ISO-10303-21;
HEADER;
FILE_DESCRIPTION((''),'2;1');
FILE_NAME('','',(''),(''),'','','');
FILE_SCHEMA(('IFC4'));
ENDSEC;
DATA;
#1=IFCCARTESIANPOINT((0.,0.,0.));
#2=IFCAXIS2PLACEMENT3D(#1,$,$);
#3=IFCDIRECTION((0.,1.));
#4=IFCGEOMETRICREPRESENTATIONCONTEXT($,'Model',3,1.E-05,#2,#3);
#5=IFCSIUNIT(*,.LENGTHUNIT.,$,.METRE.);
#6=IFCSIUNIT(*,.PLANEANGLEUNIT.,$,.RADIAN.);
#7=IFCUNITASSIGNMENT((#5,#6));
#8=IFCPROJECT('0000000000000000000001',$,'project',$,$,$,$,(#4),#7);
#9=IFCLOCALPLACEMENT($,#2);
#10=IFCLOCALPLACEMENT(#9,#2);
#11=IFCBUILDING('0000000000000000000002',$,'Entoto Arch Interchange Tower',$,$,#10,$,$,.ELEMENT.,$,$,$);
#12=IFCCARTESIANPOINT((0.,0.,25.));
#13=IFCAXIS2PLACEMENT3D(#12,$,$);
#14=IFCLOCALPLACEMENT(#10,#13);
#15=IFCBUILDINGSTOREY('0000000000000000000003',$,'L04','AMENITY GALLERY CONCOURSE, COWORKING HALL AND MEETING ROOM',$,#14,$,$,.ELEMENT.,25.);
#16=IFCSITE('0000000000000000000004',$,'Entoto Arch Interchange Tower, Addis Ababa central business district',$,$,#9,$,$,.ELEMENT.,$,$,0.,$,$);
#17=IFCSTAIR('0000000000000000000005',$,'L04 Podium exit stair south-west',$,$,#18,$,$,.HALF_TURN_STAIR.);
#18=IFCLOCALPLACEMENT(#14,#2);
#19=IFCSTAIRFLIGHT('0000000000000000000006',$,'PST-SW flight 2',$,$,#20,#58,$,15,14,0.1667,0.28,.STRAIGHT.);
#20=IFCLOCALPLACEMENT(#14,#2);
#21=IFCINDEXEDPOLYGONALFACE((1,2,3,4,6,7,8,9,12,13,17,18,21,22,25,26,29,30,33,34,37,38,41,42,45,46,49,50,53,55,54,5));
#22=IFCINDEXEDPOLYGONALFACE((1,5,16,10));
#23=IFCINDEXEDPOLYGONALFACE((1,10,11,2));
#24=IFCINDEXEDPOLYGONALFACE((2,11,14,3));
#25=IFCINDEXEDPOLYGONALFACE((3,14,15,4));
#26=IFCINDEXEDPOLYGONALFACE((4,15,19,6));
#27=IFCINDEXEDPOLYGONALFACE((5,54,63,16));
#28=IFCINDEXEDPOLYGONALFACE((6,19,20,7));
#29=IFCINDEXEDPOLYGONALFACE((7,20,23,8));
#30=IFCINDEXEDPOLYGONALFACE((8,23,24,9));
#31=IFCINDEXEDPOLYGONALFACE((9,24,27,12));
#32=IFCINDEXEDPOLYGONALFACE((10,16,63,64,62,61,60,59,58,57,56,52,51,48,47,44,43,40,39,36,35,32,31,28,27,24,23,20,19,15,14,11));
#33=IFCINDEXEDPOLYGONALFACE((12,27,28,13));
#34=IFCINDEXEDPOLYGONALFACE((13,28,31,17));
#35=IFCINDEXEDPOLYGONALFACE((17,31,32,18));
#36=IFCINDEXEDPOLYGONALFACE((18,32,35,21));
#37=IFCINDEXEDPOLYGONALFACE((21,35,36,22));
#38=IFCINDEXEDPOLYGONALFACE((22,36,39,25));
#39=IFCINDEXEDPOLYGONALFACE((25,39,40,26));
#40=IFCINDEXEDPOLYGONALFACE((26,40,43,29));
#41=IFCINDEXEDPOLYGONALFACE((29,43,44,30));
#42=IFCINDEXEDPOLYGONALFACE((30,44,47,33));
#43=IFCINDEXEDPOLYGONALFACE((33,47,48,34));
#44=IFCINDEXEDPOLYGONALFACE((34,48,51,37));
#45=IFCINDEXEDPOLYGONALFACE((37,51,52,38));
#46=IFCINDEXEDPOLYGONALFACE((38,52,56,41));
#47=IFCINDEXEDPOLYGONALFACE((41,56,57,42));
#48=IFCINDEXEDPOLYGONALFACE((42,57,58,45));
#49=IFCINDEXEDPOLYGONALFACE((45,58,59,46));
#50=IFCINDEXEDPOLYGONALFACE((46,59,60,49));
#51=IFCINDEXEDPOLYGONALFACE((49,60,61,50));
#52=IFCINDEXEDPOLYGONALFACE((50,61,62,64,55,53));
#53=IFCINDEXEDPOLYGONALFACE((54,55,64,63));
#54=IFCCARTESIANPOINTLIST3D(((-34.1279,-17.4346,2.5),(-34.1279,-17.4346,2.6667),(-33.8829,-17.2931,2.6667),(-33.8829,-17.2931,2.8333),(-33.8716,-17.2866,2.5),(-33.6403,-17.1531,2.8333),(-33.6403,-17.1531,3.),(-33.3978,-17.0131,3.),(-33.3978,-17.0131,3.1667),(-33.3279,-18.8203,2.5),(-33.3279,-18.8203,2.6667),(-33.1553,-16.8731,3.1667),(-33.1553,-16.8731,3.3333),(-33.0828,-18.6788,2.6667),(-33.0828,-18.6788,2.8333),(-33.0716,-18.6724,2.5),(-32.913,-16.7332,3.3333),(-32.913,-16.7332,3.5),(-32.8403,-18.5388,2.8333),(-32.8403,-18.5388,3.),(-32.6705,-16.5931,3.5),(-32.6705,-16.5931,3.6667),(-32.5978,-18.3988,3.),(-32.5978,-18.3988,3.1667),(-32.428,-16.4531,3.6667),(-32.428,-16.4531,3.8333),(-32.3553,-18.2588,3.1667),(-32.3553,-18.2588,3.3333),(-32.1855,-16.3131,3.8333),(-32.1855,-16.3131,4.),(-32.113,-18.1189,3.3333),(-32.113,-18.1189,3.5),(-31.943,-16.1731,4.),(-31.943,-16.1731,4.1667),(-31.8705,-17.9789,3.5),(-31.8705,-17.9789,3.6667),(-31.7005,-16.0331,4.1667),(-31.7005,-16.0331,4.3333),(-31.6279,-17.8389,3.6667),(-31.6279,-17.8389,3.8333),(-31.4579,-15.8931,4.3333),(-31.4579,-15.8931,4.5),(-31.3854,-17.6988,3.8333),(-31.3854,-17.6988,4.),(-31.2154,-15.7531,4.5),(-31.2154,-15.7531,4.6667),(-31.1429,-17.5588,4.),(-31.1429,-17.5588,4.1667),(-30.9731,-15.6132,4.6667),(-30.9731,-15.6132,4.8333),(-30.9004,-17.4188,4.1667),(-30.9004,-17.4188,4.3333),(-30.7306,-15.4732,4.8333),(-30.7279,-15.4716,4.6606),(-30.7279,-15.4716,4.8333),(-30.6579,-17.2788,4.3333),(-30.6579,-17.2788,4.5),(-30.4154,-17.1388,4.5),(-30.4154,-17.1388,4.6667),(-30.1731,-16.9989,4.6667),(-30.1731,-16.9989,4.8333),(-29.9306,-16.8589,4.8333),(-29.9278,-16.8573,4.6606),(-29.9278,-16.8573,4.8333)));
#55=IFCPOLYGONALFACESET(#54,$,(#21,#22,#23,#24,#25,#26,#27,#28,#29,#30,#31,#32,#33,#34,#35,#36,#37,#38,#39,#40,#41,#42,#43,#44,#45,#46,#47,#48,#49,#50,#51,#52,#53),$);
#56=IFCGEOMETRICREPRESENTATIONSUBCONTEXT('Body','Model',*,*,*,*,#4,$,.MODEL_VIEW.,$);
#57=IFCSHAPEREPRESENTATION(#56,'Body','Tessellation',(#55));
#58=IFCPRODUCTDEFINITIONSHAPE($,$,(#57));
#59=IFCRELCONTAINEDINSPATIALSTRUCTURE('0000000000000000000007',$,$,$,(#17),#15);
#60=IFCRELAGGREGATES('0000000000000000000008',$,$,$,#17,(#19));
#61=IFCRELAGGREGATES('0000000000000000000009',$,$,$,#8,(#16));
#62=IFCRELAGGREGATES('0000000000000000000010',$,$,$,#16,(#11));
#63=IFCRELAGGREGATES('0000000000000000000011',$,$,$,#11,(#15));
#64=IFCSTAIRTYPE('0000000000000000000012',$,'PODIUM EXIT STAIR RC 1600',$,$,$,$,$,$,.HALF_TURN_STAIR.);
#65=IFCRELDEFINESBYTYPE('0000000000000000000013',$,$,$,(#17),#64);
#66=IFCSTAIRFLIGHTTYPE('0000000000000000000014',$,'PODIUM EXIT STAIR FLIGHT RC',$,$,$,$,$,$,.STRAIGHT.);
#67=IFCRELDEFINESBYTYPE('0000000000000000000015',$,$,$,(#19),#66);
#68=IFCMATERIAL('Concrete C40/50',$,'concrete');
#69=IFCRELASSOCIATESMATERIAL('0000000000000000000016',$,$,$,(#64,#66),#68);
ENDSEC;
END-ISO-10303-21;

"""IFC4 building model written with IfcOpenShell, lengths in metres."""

from ifc_helpers import new_model, si_unit, direction, frame, origin, place, context, subcontext, project, spatial, polyline, outline, extrude, material, type_object, element, aggregate, save


model = new_model("IFC4")

# Units and contexts
model_context = context("Model", 3, precision=1e-05, world=origin(), true_north=direction((0.0, 1.0)))
body_context = subcontext(model_context, "Body", "Model", "MODEL_VIEW")
ifc_project = project(units=[si_unit("LENGTHUNIT", "METRE"), si_unit("PLANEANGLEUNIT", "RADIAN")], contexts=[model_context])

# Site, building, storey
site_placement = place(None, origin())
site = spatial("IfcSite", under=ifc_project, at=site_placement, Name="Entoto Arch Interchange Tower, Addis Ababa central business district", CompositionType="ELEMENT", RefElevation=0.0)
building_placement = place(site_placement, origin())
building = spatial("IfcBuilding", under=site, at=building_placement, Name="Entoto Arch Interchange Tower", CompositionType="ELEMENT")
storey_placement = place(building_placement, frame((0.0, 0.0, 25.0)))
storey = spatial("IfcBuildingStorey", under=building, at=storey_placement, Name="L04", Description="AMENITY GALLERY CONCOURSE, COWORKING HALL AND MEETING ROOM", CompositionType="ELEMENT", Elevation=25.0)

# Shared definitions
ifc_material_1 = material(Name="Concrete C40/50", Category="concrete")

# Stair, stair flight
stair_type = type_object("IfcStairType", Name="PODIUM EXIT STAIR RC 1600", PredefinedType="HALF_TURN_STAIR", material=ifc_material_1)
stair_placement = place(storey_placement, origin())
stair = element("IfcStair", 1, at=stair_placement, inside=storey, type_object=stair_type, Name="L04 Podium exit stair south-west", PredefinedType="HALF_TURN_STAIR")
stair_flight_type = type_object("IfcStairFlightType", Name="PODIUM EXIT STAIR FLIGHT RC", PredefinedType="STRAIGHT", material=ifc_material_1)
stair_flight_placement = place(storey_placement, frame((-33.7253, -18.126, 2.5), z_axis=(0.0, 0.0, 1.0), x_axis=(0.866025, 0.5, 0.0)))
stair_flight = element("IfcStairFlight", 2, at=stair_flight_placement, type_object=stair_flight_type, Name="PST-SW flight 2", NumberOfRisers=15, NumberOfTreads=14, PredefinedType="STRAIGHT", RiserHeight=0.1667, TreadLength=0.28, context=body_context, shape_type="SweptSolid", body=[
    extrude(outline(polyline([(-0.0029, 0.0), (-0.0029, 0.1667), (0.28, 0.1667), (0.28, 0.3333), (0.5601, 0.3333), (0.5601, 0.5), (0.8401, 0.5), (0.8401, 0.6667), (1.1201, 0.6667), (1.1201, 0.8333), (1.3999, 0.8333), (1.3999, 1.0), (1.6799, 1.0), (1.6799, 1.1667), (1.96, 1.1667), (1.96, 1.3333), (2.24, 1.3333), (2.24, 1.5), (2.52, 1.5), (2.52, 1.6667), (2.8, 1.6667), (2.8, 1.8333), (3.0801, 1.8333), (3.0801, 2.0), (3.3601, 2.0), (3.3601, 2.1667), (3.6399, 2.1667), (3.6399, 2.3333), (3.9199, 2.3333), (3.9231, 2.3333), (3.9231, 2.1606), (0.293, 0.0), (-0.0029, 0.0)])), frame((0.0, 0.8, 0.0), z_axis=(0.0, -1.0, 0.0), x_axis=(1.0, 0.0, 0.0)), (0.0, 0.0, 1.0), 1.6001),
])
aggregate(stair, [stair_flight])

save(model, "model.ifc")
